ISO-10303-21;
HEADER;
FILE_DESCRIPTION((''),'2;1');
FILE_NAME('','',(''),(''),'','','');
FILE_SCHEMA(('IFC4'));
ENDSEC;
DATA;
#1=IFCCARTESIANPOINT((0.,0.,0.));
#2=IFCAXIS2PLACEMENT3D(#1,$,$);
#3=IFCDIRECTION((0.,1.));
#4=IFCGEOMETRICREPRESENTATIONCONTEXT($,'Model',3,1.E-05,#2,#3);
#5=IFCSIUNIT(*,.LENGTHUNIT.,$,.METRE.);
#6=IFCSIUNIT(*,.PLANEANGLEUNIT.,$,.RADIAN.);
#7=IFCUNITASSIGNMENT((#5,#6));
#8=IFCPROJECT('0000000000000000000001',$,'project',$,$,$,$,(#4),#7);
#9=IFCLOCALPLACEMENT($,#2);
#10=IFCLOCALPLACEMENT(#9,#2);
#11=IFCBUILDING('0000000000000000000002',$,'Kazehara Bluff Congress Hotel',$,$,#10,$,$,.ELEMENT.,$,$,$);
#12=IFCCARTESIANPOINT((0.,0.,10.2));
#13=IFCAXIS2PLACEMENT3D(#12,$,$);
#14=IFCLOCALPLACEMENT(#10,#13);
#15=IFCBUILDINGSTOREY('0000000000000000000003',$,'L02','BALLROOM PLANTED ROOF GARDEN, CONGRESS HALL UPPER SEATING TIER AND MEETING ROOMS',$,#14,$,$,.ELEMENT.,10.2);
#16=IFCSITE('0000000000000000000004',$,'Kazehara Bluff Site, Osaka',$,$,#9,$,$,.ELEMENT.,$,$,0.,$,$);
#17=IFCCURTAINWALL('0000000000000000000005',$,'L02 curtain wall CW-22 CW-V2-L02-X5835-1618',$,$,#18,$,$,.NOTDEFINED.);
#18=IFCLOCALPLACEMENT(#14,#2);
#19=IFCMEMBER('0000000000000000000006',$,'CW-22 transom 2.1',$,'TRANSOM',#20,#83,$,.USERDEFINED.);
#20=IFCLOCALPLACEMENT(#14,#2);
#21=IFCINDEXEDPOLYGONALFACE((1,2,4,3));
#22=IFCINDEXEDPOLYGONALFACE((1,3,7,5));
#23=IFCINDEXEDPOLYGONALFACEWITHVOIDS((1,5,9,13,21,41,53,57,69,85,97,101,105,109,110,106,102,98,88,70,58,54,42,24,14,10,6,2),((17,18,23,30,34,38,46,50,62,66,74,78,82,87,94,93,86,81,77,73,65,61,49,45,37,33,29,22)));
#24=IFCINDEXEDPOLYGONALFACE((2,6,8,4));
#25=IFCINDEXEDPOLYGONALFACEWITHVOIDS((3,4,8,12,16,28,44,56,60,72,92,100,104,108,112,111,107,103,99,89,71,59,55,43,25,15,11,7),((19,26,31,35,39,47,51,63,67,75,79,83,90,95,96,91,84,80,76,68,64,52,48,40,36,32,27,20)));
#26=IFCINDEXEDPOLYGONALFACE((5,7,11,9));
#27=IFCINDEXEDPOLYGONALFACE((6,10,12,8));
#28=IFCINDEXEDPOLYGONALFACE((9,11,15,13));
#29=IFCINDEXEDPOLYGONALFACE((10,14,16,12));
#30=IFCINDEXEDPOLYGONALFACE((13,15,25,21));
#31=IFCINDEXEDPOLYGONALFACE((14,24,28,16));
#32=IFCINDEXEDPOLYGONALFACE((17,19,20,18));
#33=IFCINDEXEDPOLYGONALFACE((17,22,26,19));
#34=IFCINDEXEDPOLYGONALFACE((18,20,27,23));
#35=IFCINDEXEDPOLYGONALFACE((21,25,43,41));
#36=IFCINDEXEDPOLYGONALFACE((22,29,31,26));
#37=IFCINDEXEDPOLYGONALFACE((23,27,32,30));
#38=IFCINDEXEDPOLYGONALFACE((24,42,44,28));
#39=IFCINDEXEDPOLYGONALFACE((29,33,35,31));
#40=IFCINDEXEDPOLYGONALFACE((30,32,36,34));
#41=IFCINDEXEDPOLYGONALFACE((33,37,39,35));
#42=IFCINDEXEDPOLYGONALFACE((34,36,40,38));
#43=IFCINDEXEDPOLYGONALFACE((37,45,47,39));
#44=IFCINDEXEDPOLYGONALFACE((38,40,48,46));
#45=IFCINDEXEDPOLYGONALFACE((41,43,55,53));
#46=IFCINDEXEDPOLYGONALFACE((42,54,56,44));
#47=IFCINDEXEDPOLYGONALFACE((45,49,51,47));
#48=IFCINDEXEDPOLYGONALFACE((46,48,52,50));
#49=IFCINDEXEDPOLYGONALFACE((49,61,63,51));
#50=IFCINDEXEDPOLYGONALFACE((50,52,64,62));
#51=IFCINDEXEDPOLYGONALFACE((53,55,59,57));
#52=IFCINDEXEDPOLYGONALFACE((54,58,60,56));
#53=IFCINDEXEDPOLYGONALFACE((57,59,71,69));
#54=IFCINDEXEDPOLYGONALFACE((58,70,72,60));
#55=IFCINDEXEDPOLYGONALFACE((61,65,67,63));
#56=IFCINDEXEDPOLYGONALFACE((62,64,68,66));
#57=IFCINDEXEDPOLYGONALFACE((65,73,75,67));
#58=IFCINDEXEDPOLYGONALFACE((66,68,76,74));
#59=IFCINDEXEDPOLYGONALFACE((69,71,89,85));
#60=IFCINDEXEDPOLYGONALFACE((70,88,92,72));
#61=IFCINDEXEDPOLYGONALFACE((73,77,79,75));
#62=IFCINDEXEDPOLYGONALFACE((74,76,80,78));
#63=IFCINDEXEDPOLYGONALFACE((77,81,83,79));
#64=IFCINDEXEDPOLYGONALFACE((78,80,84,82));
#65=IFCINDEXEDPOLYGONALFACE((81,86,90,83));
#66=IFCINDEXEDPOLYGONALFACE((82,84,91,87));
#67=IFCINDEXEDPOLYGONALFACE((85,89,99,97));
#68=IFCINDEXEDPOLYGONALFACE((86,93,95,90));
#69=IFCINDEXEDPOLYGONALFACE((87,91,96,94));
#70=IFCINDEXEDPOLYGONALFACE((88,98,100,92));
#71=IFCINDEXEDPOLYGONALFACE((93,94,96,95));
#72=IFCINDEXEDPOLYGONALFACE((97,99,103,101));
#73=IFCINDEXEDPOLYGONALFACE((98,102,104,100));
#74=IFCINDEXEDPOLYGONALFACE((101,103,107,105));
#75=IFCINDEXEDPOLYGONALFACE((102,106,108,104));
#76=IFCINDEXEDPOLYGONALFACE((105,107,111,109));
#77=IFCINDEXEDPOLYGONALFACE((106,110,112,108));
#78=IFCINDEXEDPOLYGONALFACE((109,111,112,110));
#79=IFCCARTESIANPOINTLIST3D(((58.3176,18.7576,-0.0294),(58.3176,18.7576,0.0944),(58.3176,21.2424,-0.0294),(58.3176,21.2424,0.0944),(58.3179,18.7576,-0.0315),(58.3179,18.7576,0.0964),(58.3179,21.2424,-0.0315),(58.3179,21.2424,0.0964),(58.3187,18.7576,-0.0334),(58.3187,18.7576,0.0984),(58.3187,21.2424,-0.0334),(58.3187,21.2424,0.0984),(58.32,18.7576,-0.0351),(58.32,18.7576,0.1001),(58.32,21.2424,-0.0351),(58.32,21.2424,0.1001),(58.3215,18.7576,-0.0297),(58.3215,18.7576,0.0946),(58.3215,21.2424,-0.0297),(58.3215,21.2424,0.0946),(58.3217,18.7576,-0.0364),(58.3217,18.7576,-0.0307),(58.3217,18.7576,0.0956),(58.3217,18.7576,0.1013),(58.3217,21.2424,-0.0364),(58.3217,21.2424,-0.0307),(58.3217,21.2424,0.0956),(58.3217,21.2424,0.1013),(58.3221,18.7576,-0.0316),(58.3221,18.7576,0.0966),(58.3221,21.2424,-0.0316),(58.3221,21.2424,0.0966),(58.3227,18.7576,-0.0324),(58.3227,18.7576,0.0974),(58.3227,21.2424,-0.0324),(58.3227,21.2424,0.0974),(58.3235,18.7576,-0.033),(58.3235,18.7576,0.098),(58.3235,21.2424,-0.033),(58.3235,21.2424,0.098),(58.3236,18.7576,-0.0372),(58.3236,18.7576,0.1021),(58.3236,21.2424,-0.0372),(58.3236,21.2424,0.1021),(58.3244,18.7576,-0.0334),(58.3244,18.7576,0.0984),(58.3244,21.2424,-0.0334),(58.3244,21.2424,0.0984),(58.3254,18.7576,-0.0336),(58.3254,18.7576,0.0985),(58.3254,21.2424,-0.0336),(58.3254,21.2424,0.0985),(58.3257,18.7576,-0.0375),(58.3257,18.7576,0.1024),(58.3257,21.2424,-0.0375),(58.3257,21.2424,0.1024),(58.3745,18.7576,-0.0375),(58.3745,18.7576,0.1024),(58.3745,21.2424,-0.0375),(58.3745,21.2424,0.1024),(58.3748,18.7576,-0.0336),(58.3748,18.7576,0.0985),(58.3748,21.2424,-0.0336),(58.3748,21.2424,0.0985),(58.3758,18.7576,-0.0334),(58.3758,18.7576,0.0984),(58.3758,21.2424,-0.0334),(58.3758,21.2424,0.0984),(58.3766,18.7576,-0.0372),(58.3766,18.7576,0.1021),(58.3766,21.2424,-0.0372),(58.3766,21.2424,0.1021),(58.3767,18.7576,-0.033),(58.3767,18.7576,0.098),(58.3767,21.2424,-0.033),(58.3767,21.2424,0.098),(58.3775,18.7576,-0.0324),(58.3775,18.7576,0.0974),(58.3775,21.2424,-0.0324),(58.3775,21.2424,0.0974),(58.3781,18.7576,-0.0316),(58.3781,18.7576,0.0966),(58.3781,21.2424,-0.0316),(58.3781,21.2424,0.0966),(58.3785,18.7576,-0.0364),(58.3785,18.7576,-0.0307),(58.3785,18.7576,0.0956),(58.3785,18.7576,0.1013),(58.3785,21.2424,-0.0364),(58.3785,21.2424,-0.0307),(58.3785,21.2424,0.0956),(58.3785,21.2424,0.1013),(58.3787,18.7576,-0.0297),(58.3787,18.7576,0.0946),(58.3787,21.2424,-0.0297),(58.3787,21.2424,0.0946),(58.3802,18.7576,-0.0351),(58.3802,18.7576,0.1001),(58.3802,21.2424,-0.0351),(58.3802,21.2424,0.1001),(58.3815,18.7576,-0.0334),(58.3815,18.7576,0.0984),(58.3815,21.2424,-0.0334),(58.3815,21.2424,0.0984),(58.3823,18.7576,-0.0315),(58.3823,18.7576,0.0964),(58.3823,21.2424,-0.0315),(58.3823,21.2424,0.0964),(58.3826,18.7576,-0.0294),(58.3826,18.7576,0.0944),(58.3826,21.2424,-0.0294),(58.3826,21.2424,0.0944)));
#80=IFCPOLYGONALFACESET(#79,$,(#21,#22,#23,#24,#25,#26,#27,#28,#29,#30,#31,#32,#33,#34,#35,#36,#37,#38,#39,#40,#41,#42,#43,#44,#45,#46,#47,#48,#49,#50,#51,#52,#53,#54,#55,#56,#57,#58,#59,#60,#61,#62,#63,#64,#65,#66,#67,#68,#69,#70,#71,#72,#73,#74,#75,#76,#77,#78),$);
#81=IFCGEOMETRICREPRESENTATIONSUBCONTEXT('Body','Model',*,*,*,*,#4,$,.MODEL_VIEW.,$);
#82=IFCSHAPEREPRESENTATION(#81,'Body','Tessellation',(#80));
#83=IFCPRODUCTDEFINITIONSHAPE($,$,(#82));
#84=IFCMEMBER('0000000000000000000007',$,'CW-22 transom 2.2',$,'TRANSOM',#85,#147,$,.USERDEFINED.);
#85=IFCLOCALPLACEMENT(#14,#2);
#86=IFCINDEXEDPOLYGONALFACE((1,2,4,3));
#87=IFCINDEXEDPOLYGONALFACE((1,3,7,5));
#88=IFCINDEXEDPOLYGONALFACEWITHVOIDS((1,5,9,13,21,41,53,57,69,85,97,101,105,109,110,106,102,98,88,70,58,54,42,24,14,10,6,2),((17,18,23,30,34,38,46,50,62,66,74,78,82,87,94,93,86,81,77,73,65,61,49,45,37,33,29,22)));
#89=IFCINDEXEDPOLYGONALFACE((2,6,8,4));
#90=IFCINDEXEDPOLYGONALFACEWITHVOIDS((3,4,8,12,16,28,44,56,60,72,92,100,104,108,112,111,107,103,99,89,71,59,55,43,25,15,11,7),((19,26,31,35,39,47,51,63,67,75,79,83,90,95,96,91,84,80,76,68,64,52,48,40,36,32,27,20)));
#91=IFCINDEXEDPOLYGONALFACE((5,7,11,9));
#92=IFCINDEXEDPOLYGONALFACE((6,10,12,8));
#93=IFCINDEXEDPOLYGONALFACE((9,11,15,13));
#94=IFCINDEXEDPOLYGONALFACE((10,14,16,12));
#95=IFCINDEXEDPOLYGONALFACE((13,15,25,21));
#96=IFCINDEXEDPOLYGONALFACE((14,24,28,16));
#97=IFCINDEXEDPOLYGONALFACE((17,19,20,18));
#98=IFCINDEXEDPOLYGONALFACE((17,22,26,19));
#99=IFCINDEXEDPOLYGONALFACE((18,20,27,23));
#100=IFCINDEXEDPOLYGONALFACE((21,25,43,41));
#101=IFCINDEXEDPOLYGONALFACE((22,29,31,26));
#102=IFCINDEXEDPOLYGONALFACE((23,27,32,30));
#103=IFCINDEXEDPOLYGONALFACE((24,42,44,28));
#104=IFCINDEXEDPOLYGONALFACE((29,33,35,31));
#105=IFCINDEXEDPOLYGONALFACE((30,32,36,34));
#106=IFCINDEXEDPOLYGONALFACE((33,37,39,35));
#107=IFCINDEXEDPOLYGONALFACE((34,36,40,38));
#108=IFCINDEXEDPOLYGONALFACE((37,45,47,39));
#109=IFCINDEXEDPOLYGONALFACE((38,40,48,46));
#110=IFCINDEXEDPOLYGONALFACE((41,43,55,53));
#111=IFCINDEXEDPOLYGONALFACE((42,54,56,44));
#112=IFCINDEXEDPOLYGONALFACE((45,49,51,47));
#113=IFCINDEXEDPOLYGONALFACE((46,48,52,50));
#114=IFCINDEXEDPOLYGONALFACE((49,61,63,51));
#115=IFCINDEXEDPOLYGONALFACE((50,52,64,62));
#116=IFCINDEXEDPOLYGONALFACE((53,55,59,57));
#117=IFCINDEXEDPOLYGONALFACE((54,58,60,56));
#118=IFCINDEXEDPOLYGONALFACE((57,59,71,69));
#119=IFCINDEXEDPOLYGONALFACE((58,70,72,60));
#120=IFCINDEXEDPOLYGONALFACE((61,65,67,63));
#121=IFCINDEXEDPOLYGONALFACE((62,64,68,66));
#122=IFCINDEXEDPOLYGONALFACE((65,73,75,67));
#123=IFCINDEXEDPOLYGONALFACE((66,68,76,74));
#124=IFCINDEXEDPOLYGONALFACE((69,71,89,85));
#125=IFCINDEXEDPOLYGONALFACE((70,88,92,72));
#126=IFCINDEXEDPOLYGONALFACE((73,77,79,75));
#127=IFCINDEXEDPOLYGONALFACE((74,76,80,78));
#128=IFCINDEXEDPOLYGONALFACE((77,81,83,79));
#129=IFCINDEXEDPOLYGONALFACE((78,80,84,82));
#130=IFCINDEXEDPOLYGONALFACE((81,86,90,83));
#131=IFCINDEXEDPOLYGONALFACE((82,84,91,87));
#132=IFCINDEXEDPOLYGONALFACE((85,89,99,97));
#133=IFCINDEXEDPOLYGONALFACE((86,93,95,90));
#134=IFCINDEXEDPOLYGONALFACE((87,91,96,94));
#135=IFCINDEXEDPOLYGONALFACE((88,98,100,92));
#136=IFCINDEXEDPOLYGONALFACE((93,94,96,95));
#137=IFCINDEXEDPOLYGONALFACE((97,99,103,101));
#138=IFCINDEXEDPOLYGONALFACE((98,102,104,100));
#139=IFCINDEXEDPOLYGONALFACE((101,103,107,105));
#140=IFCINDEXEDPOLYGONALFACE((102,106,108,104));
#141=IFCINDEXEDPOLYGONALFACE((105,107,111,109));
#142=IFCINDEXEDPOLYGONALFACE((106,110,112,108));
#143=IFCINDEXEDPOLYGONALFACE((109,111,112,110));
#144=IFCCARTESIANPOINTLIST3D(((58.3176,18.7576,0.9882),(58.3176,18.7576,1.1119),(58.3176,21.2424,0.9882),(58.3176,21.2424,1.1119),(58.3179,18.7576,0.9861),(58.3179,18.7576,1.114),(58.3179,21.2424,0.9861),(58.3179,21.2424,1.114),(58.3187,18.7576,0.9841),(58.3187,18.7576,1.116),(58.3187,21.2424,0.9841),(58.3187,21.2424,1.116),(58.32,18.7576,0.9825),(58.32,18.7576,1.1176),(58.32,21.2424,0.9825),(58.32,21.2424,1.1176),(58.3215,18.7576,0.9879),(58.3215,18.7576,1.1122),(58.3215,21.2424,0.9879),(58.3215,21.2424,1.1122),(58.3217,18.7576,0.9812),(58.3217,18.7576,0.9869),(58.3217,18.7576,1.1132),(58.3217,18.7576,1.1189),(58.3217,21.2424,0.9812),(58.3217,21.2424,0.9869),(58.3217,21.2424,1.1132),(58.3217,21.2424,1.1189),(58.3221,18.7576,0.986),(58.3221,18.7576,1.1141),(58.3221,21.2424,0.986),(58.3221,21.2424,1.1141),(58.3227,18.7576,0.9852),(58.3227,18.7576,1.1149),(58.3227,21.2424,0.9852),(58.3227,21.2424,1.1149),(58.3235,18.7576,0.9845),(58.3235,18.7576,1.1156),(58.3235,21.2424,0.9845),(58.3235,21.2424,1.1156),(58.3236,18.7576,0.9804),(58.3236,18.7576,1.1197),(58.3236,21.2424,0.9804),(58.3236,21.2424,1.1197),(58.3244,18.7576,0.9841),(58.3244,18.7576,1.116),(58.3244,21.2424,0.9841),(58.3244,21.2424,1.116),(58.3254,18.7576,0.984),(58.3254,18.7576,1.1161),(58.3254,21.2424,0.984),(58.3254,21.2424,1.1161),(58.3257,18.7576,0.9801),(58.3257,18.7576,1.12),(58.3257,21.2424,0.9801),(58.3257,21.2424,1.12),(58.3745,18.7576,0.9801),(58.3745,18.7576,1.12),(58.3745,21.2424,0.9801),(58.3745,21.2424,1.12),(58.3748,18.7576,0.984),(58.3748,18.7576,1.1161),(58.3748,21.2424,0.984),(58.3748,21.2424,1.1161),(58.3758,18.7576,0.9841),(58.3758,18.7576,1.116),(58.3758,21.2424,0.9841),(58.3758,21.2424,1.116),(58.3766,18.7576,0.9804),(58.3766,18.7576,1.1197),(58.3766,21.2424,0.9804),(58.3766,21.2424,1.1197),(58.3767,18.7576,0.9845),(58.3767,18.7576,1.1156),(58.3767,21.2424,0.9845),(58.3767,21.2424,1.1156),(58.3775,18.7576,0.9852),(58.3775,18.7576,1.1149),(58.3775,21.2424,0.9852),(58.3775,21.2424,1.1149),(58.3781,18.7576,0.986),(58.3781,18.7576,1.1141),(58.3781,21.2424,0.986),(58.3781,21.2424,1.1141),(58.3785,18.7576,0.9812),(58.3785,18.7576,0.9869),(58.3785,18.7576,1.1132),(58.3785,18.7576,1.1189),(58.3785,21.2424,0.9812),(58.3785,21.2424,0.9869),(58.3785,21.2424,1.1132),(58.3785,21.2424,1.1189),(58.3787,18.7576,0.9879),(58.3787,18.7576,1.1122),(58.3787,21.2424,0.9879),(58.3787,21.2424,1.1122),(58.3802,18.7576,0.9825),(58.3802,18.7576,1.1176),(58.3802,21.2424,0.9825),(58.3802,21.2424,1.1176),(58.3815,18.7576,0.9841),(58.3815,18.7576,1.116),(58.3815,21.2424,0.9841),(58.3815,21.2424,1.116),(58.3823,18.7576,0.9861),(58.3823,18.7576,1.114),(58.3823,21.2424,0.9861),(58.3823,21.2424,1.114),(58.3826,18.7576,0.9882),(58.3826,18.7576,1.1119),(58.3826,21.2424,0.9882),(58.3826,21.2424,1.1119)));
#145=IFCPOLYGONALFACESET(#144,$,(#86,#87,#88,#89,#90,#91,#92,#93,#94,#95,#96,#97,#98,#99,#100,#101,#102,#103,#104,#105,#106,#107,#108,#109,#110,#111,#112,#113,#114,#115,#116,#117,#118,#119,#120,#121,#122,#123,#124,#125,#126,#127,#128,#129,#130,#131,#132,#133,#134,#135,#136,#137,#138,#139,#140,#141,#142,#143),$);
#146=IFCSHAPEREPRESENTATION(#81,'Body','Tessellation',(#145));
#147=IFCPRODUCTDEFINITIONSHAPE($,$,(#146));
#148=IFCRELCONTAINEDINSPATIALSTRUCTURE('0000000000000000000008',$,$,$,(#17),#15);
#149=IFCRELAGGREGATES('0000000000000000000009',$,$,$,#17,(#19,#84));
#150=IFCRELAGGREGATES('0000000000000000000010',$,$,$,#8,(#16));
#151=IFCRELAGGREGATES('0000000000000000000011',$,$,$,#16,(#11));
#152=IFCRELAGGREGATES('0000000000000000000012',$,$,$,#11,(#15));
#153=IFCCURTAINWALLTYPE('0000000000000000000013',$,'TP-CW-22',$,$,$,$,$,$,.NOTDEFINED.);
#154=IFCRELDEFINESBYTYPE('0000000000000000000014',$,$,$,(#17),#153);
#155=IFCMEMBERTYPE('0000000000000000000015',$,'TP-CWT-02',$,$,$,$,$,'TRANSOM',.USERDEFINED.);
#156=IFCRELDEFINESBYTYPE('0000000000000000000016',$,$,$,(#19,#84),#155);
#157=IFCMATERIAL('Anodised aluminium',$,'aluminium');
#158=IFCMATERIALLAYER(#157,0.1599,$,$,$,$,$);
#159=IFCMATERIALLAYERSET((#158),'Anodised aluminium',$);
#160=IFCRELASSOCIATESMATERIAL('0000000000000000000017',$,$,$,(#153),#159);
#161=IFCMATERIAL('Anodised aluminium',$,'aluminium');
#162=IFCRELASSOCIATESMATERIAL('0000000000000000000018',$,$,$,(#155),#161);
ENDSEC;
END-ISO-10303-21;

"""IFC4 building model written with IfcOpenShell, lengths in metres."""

from ifc_helpers import new_model, si_unit, direction, frame, origin, origin_2d, place, context, subcontext, project, spatial, hollow_rectangle, extrude, material, layer, layer_set, material_profile, profile_set, type_object, element, aggregate, save


model = new_model("IFC4")

# Units and contexts
model_context = context("Model", 3, precision=1e-05, world=origin(), true_north=direction((0.0, 1.0)))
body_context = subcontext(model_context, "Body", "Model", "MODEL_VIEW")
ifc_project = project(units=[si_unit("LENGTHUNIT", "METRE"), si_unit("PLANEANGLEUNIT", "RADIAN")], contexts=[model_context])

# Site, building, storey
site_placement = place(None, origin())
site = spatial("IfcSite", under=ifc_project, at=site_placement, Name="Kazehara Bluff Site, Osaka", CompositionType="ELEMENT", RefElevation=0.0)
building_placement = place(site_placement, origin())
building = spatial("IfcBuilding", under=site, at=building_placement, Name="Kazehara Bluff Congress Hotel", CompositionType="ELEMENT")
storey_placement = place(building_placement, frame((0.0, 0.0, 10.2)))
storey = spatial("IfcBuildingStorey", under=building, at=storey_placement, Name="L02", Description="BALLROOM PLANTED ROOF GARDEN, CONGRESS HALL UPPER SEATING TIER AND MEETING ROOMS", CompositionType="ELEMENT", Elevation=10.2)

# Curtain wall
ifc_material_1 = material(Name="Anodised aluminium", Category="aluminium")
ifc_layer_1 = layer(ifc_material_1, 0.1599)
ifc_layer_set_1 = layer_set([ifc_layer_1], Name="Anodised aluminium")
curtain_wall_type = type_object("IfcCurtainWallType", Name="TP-CW-22", PredefinedType="NOTDEFINED", material=ifc_layer_set_1)
curtain_wall_1_placement = place(storey_placement, origin())
curtain_wall_1 = element("IfcCurtainWall", 1, at=curtain_wall_1_placement, inside=storey, type_object=curtain_wall_type, Name="L02 curtain wall CW-22 CW-V2-L02-X5835-1618", PredefinedType="NOTDEFINED")

# Members
ifc_material_2 = material(Name="Anodised aluminium", Category="aluminium")
ifc_material_profile_1 = material_profile(ifc_material_2, hollow_rectangle(XDim=0.0649, YDim=0.1399, WallThickness=0.0039, InnerFilletRadius=0.0039, OuterFilletRadius=0.0081, at=origin_2d()))
ifc_profile_set_1 = profile_set([ifc_material_profile_1], Name="Anodised aluminium")
member_type_1 = type_object("IfcMemberType", Name="TP-CWT-02", ElementType="TRANSOM", PredefinedType="USERDEFINED", material=ifc_profile_set_1)
member_1_placement = place(storey_placement, frame((58.3501, 18.7576, 0.0325), z_axis=(0.0, 1.0, 0.0), x_axis=(-1.0, 0.0, 0.0)))
member_1 = element("IfcMember", 2, at=member_1_placement, type_object=member_type_1, Name="CW-22 transom 2.1", ObjectType="TRANSOM", PredefinedType="USERDEFINED", context=body_context, shape_type="SweptSolid", body=[
    extrude(hollow_rectangle(XDim=0.0649, YDim=0.1399, WallThickness=0.0039, InnerFilletRadius=0.0039, OuterFilletRadius=0.0081, at=origin_2d()), origin(), (0.0, 0.0, 1.0), 2.4849),
])
member_2_placement = place(storey_placement, frame((58.3501, 18.7576, 1.05), z_axis=(0.0, 1.0, 0.0), x_axis=(-1.0, 0.0, 0.0)))
member_2 = element("IfcMember", 3, at=member_2_placement, type_object=member_type_1, Name="CW-22 transom 2.2", ObjectType="TRANSOM", PredefinedType="USERDEFINED", context=body_context, shape_type="SweptSolid", body=[
    extrude(hollow_rectangle(XDim=0.0649, YDim=0.1399, WallThickness=0.0039, InnerFilletRadius=0.0039, OuterFilletRadius=0.0081, at=origin_2d()), origin(), (0.0, 0.0, 1.0), 2.4849),
])

aggregate(curtain_wall_1, [member_1, member_2])

save(model, "model.ifc")
